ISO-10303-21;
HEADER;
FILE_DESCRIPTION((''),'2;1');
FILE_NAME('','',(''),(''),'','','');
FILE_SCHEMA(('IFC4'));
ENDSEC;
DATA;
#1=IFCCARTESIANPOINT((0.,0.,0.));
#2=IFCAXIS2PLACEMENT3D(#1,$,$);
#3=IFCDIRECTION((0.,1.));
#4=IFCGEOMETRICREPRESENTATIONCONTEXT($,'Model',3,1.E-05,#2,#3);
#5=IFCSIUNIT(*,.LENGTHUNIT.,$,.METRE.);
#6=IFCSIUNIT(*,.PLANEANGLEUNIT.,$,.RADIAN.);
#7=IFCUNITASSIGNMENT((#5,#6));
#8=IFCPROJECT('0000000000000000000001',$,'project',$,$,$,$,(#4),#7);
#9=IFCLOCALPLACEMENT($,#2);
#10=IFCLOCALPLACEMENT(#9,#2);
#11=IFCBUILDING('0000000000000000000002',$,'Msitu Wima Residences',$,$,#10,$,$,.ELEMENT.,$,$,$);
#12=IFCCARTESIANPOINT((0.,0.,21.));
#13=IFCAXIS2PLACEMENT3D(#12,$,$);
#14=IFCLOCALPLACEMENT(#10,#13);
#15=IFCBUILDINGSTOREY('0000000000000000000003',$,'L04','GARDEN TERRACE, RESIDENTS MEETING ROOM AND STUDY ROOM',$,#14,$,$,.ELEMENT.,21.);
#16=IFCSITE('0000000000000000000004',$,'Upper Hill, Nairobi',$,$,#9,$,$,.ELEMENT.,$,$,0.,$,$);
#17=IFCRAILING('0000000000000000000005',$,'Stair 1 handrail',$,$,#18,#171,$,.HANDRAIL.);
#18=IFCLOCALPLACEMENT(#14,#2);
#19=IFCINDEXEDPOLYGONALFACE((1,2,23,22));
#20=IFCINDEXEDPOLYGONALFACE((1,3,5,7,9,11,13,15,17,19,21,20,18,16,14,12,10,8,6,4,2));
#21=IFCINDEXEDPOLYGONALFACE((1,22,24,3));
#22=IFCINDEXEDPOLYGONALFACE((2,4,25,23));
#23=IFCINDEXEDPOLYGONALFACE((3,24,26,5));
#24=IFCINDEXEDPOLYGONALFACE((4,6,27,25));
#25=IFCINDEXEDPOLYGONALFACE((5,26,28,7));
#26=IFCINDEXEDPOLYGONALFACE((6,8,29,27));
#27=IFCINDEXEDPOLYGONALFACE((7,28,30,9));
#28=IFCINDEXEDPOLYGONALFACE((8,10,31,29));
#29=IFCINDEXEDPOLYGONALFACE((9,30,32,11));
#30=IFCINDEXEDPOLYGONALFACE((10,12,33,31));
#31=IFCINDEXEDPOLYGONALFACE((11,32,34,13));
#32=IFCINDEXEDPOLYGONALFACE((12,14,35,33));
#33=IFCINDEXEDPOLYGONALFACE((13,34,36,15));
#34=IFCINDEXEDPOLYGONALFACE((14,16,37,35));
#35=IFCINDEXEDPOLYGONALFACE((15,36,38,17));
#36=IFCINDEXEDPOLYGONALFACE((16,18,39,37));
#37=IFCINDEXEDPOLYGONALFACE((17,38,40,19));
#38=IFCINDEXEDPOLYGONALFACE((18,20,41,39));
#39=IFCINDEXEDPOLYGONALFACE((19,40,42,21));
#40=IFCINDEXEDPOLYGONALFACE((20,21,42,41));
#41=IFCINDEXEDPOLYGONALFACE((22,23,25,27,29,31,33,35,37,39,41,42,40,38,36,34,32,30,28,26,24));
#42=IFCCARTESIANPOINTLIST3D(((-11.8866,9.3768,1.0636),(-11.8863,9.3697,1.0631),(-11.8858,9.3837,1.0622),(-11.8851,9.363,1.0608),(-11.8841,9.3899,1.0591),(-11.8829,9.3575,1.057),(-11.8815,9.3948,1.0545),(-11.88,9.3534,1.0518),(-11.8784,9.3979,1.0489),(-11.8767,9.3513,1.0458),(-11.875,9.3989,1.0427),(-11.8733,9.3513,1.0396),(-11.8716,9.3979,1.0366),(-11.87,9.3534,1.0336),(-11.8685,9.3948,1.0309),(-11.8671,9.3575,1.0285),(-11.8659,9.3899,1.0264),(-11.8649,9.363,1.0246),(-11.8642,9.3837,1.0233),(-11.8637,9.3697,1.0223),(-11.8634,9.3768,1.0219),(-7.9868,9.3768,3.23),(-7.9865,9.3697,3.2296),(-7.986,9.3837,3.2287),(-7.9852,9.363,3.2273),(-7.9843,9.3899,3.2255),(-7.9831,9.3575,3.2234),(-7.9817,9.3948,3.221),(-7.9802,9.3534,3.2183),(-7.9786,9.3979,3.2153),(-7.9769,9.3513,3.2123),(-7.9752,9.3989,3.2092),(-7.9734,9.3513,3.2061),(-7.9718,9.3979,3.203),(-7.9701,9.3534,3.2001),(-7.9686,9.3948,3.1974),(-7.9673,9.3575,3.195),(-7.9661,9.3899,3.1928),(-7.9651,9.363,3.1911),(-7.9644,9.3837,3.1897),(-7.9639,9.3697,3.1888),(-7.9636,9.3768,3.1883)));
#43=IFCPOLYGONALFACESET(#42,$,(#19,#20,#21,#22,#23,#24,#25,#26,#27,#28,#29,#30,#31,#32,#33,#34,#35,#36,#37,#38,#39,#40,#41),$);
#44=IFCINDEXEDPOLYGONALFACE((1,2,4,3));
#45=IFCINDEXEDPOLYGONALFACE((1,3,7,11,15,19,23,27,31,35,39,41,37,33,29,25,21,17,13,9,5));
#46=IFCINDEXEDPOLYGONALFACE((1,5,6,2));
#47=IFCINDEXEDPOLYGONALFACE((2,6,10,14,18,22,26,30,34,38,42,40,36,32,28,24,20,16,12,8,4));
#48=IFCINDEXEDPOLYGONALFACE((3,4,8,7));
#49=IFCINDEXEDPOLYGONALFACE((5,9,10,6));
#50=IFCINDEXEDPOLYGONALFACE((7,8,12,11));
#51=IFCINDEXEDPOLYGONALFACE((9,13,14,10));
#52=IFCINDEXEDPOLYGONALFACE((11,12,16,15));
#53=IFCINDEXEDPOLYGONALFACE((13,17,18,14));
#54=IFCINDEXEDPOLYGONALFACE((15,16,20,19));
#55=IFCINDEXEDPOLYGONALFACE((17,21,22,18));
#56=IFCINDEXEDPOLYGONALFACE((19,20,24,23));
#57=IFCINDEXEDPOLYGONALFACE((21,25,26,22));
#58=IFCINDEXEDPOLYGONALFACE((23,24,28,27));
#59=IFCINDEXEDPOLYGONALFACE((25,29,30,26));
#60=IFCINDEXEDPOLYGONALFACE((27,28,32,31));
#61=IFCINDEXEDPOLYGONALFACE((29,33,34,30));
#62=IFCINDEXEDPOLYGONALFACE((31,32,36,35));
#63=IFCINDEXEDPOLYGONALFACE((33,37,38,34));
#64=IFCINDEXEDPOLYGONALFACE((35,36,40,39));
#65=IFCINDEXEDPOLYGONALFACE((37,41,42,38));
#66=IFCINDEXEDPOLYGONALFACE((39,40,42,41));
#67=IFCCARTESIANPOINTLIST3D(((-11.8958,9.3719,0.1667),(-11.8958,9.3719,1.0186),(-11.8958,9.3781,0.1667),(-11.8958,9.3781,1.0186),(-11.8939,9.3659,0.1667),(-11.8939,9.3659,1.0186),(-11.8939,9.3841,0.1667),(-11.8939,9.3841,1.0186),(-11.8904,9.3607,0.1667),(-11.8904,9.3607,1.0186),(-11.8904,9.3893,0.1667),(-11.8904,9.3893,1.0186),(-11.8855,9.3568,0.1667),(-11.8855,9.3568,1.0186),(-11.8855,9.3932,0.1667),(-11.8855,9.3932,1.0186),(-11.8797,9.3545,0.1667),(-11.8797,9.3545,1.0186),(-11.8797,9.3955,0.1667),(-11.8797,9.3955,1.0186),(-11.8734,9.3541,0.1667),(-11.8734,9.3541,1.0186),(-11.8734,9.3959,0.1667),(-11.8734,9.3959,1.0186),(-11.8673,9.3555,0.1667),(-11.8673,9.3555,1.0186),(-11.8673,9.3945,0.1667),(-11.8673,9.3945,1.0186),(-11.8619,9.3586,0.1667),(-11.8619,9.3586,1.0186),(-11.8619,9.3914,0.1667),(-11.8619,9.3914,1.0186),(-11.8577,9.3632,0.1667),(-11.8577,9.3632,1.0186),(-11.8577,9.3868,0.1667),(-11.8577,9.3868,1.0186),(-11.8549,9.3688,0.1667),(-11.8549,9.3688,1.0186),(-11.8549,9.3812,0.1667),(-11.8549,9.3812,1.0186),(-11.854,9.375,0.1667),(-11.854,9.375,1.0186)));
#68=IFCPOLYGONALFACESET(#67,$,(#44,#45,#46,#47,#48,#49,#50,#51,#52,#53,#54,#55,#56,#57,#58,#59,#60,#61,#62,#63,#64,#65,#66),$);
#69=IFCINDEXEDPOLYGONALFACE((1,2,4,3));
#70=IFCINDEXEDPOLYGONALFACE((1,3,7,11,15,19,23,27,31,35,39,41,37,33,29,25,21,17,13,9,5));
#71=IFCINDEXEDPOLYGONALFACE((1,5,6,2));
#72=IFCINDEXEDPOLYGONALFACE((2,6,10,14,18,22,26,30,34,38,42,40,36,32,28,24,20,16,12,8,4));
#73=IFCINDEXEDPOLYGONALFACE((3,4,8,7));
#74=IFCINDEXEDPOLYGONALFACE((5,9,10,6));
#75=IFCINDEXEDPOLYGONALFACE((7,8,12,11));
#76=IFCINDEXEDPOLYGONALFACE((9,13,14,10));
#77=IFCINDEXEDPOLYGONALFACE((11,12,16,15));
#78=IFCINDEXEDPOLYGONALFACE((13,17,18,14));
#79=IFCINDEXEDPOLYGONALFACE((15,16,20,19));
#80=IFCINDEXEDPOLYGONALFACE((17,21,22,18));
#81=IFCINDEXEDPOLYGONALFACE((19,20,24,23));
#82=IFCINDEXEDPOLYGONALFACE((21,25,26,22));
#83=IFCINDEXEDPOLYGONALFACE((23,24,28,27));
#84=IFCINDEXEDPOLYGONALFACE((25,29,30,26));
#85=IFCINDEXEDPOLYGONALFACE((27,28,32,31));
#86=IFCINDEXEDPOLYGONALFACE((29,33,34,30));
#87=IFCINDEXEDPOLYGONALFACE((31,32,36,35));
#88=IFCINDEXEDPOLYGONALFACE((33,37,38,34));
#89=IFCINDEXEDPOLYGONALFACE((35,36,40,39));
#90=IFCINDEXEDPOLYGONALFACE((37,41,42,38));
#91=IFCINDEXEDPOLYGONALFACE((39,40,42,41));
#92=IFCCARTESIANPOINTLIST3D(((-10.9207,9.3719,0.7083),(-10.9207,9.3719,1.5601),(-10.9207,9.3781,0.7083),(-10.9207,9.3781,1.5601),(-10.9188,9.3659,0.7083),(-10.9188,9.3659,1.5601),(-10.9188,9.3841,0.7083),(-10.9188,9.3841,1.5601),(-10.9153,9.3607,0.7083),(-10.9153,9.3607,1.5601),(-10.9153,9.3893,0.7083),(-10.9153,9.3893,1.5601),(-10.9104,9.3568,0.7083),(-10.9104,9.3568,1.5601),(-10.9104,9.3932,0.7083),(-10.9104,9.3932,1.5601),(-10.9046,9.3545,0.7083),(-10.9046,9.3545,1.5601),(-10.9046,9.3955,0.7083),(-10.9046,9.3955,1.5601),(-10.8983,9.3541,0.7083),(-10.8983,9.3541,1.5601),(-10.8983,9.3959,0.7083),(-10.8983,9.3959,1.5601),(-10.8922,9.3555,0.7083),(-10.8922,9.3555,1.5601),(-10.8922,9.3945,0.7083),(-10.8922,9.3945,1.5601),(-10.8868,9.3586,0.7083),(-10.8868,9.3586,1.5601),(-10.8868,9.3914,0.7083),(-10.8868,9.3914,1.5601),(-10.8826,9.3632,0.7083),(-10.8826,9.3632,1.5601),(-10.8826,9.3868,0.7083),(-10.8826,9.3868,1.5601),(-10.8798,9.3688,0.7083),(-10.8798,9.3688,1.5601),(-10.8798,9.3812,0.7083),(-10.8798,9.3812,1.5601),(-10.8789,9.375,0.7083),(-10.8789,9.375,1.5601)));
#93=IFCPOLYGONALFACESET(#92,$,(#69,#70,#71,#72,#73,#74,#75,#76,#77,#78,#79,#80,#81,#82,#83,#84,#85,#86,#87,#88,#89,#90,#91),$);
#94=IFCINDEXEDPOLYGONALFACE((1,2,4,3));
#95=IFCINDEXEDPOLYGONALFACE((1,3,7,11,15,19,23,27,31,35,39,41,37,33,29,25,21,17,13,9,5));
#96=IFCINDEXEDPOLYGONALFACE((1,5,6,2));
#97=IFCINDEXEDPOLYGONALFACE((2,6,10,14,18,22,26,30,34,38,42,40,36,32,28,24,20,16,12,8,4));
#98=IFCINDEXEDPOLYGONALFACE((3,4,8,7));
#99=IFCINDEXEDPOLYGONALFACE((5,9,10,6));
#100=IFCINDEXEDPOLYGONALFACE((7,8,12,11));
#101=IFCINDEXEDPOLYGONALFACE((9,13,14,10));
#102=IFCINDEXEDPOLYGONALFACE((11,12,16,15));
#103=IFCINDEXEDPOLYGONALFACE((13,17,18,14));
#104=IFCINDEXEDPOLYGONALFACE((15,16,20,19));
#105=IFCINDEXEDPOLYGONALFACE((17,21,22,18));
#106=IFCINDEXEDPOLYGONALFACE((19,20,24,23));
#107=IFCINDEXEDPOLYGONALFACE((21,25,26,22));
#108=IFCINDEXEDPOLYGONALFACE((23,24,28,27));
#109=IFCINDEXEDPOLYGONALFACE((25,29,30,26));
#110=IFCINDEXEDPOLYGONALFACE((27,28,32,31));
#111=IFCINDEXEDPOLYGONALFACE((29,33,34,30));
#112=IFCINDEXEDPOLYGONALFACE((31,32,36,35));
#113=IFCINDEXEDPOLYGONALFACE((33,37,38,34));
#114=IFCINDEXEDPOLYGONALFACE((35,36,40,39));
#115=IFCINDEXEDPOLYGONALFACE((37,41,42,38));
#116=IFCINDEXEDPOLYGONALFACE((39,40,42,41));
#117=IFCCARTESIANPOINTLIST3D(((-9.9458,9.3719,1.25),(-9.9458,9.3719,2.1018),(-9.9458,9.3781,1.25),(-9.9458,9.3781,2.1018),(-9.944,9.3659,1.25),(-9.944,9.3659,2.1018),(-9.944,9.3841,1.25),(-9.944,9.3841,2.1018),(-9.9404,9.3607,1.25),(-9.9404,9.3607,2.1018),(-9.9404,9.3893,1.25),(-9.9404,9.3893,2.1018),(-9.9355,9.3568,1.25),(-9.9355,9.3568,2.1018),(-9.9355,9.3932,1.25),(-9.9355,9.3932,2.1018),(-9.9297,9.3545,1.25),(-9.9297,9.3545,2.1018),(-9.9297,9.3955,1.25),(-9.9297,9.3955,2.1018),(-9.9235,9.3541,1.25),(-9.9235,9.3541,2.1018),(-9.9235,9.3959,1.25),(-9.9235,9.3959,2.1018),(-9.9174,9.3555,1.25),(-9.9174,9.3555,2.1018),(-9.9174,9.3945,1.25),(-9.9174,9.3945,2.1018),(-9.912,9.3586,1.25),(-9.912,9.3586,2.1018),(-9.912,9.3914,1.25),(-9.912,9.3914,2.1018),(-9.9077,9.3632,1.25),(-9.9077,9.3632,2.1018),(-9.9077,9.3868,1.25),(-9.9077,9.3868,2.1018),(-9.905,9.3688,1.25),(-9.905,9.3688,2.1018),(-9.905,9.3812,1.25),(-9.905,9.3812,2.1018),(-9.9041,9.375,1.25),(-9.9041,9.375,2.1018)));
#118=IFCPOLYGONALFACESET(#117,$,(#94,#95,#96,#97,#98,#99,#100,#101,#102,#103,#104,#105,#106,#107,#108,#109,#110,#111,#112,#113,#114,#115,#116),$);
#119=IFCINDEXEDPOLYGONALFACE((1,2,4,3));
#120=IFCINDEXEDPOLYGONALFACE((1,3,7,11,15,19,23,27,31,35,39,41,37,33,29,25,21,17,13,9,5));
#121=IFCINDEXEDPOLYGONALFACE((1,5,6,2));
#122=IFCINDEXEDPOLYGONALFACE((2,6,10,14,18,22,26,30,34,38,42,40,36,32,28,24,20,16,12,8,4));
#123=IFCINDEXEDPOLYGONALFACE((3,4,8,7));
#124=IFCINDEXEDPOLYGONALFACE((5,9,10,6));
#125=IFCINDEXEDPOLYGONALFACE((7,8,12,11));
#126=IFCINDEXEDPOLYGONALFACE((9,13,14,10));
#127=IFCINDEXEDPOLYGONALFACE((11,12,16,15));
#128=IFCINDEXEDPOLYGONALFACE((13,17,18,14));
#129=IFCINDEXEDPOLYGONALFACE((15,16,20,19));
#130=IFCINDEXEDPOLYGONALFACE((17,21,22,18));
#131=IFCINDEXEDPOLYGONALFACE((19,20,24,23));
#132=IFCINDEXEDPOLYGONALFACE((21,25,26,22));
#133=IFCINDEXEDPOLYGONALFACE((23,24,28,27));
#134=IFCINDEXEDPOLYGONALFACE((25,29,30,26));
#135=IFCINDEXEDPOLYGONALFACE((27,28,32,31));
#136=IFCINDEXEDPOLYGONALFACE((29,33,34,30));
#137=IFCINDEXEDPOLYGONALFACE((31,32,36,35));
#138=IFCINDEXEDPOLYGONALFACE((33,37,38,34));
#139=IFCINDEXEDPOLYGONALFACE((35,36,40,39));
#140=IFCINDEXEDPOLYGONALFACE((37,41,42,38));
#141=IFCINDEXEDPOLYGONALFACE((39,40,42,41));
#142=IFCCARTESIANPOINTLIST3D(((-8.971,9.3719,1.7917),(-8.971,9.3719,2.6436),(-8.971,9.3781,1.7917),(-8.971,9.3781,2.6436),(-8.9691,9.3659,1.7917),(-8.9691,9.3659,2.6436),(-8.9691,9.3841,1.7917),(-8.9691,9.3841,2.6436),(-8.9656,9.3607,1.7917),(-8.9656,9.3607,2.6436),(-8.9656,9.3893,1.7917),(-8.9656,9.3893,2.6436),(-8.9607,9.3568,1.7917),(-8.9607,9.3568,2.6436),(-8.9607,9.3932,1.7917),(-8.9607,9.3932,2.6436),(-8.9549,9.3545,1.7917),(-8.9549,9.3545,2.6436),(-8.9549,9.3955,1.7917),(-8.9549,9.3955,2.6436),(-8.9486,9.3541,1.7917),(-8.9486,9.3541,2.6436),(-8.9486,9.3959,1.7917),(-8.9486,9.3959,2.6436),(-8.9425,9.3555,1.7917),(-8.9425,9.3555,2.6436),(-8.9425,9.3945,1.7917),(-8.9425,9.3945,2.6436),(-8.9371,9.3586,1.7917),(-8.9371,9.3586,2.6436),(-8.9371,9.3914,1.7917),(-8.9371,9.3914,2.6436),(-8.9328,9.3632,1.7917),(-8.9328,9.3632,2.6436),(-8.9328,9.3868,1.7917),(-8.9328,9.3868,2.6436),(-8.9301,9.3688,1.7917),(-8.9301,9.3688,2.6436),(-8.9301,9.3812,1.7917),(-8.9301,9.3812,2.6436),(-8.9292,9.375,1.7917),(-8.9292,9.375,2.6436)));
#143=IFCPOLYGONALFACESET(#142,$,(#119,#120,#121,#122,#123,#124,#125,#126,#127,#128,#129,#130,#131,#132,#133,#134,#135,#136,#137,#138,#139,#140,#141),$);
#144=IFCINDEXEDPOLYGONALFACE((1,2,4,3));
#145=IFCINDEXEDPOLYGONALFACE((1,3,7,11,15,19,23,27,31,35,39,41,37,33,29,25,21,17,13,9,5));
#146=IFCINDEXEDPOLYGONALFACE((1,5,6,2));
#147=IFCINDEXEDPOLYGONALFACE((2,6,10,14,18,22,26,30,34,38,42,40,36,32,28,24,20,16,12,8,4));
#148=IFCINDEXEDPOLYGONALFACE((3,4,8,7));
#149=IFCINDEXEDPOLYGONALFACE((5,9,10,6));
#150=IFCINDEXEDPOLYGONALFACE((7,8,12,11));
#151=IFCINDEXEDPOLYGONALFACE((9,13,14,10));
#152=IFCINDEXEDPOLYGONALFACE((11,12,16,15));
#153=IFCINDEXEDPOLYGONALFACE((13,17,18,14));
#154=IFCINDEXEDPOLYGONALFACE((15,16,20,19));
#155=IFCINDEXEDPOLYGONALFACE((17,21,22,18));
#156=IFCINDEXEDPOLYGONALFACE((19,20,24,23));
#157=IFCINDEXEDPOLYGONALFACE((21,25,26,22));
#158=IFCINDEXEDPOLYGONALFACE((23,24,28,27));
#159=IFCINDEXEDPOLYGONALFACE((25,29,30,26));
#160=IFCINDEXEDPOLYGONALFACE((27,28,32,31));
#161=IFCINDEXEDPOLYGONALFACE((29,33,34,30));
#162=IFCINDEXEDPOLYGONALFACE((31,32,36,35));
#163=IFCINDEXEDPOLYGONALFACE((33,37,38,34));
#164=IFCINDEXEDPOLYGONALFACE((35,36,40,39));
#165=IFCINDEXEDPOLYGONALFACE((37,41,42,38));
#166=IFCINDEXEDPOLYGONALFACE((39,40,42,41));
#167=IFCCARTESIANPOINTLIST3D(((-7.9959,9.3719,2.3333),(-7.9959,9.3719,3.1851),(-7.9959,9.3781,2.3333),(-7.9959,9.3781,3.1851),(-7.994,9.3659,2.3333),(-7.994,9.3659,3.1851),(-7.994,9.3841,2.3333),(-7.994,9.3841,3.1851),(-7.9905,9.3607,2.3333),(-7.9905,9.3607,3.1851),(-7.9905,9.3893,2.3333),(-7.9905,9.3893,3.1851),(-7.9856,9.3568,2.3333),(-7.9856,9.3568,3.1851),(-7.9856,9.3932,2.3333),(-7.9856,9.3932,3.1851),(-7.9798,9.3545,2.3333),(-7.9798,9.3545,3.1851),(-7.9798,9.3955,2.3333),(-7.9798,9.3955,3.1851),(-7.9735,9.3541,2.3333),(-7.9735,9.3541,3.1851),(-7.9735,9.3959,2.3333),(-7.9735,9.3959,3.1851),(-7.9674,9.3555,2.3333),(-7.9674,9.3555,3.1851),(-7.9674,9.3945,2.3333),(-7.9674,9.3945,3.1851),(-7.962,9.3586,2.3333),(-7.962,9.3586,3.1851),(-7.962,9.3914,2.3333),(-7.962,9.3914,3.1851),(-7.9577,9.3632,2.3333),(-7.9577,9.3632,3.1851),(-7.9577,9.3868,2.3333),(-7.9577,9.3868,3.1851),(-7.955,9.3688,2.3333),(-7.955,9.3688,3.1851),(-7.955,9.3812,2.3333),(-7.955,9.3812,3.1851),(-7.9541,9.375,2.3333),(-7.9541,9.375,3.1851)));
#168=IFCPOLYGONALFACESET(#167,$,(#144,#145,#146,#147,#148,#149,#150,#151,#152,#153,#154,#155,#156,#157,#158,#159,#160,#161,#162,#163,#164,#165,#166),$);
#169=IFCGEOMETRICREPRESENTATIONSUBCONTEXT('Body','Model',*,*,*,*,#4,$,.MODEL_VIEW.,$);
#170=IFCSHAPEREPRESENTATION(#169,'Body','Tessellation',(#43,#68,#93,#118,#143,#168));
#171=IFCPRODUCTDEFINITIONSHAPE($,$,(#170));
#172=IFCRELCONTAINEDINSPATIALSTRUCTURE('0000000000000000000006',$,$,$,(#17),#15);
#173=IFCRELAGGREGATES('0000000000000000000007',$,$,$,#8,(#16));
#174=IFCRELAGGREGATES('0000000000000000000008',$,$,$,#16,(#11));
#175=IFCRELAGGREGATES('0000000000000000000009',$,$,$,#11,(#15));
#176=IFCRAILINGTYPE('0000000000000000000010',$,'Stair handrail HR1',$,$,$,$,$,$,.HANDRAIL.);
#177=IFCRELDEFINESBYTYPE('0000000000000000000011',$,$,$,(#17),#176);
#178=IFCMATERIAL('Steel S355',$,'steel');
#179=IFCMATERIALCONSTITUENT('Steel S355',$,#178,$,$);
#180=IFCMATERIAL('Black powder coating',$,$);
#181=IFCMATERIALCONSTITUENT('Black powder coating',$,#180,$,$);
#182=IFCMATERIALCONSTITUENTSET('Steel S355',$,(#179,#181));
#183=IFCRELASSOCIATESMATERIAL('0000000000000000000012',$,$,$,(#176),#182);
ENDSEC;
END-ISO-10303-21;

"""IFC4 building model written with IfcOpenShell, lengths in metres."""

from ifc_helpers import new_model, si_unit, direction, frame, origin, origin_2d, place, context, subcontext, project, spatial, circle, extrude, material, constituent, constituent_set, type_object, element, save


model = new_model("IFC4")

# Units and contexts
model_context = context("Model", 3, precision=1e-05, world=origin(), true_north=direction((0.0, 1.0)))
body_context = subcontext(model_context, "Body", "Model", "MODEL_VIEW")
ifc_project = project(units=[si_unit("LENGTHUNIT", "METRE"), si_unit("PLANEANGLEUNIT", "RADIAN")], contexts=[model_context])

# Site, building, storey
site_placement = place(None, origin())
site = spatial("IfcSite", under=ifc_project, at=site_placement, Name="Upper Hill, Nairobi", CompositionType="ELEMENT", RefElevation=0.0)
building_placement = place(site_placement, origin())
building = spatial("IfcBuilding", under=site, at=building_placement, Name="Msitu Wima Residences", CompositionType="ELEMENT")
storey_placement = place(building_placement, frame((0.0, 0.0, 21.0)))
storey = spatial("IfcBuildingStorey", under=building, at=storey_placement, Name="L04", Description="GARDEN TERRACE, RESIDENTS MEETING ROOM AND STUDY ROOM", CompositionType="ELEMENT", Elevation=21.0)

# Railing
ifc_material_1 = material(Name="Steel S355", Category="steel")
ifc_constituent_1 = constituent(ifc_material_1, Name="Steel S355")
ifc_material_2 = material(Name="Black powder coating")
ifc_constituent_2 = constituent(ifc_material_2, Name="Black powder coating")
ifc_constituent_set = constituent_set(constituents=[ifc_constituent_1, ifc_constituent_2], Name="Steel S355")
railing_type = type_object("IfcRailingType", Name="Stair handrail HR1", PredefinedType="HANDRAIL", material=ifc_constituent_set)
for number, where, name in (
    (1, (-11.875, 9.375, 0.1667), "Stair 1 handrail"),
):
    element("IfcRailing", number, at=place(storey_placement, frame(where)), inside=storey, type_object=railing_type, Name=name, PredefinedType="HANDRAIL", context=body_context, shape_type="SweptSolid", body=[
        extrude(circle(Radius=0.0239, at=origin_2d()), frame((0.0, 0.0, 0.876), z_axis=(0.874168, 0.0, 0.485624), x_axis=(0.0, 1.0, 0.0)), (0.0, 0.0, 1.0), 4.4612),
        extrude(circle(Radius=0.021, at=origin_2d()), origin(), (0.0, 0.0, 1.0), 0.8518),
        extrude(circle(Radius=0.021, at=origin_2d()), frame((0.9751, 0.0, 0.5415)), (0.0, 0.0, 1.0), 0.8518),
        extrude(circle(Radius=0.021, at=origin_2d()), frame((1.95, 0.0, 1.0833)), (0.0, 0.0, 1.0), 0.8518),
        extrude(circle(Radius=0.021, at=origin_2d()), frame((2.9248, 0.0, 1.625)), (0.0, 0.0, 1.0), 0.8518),
        extrude(circle(Radius=0.021, at=origin_2d()), frame((3.8999, 0.0, 2.1665)), (0.0, 0.0, 1.0), 0.8518),
    ])

save(model, "model.ifc")
